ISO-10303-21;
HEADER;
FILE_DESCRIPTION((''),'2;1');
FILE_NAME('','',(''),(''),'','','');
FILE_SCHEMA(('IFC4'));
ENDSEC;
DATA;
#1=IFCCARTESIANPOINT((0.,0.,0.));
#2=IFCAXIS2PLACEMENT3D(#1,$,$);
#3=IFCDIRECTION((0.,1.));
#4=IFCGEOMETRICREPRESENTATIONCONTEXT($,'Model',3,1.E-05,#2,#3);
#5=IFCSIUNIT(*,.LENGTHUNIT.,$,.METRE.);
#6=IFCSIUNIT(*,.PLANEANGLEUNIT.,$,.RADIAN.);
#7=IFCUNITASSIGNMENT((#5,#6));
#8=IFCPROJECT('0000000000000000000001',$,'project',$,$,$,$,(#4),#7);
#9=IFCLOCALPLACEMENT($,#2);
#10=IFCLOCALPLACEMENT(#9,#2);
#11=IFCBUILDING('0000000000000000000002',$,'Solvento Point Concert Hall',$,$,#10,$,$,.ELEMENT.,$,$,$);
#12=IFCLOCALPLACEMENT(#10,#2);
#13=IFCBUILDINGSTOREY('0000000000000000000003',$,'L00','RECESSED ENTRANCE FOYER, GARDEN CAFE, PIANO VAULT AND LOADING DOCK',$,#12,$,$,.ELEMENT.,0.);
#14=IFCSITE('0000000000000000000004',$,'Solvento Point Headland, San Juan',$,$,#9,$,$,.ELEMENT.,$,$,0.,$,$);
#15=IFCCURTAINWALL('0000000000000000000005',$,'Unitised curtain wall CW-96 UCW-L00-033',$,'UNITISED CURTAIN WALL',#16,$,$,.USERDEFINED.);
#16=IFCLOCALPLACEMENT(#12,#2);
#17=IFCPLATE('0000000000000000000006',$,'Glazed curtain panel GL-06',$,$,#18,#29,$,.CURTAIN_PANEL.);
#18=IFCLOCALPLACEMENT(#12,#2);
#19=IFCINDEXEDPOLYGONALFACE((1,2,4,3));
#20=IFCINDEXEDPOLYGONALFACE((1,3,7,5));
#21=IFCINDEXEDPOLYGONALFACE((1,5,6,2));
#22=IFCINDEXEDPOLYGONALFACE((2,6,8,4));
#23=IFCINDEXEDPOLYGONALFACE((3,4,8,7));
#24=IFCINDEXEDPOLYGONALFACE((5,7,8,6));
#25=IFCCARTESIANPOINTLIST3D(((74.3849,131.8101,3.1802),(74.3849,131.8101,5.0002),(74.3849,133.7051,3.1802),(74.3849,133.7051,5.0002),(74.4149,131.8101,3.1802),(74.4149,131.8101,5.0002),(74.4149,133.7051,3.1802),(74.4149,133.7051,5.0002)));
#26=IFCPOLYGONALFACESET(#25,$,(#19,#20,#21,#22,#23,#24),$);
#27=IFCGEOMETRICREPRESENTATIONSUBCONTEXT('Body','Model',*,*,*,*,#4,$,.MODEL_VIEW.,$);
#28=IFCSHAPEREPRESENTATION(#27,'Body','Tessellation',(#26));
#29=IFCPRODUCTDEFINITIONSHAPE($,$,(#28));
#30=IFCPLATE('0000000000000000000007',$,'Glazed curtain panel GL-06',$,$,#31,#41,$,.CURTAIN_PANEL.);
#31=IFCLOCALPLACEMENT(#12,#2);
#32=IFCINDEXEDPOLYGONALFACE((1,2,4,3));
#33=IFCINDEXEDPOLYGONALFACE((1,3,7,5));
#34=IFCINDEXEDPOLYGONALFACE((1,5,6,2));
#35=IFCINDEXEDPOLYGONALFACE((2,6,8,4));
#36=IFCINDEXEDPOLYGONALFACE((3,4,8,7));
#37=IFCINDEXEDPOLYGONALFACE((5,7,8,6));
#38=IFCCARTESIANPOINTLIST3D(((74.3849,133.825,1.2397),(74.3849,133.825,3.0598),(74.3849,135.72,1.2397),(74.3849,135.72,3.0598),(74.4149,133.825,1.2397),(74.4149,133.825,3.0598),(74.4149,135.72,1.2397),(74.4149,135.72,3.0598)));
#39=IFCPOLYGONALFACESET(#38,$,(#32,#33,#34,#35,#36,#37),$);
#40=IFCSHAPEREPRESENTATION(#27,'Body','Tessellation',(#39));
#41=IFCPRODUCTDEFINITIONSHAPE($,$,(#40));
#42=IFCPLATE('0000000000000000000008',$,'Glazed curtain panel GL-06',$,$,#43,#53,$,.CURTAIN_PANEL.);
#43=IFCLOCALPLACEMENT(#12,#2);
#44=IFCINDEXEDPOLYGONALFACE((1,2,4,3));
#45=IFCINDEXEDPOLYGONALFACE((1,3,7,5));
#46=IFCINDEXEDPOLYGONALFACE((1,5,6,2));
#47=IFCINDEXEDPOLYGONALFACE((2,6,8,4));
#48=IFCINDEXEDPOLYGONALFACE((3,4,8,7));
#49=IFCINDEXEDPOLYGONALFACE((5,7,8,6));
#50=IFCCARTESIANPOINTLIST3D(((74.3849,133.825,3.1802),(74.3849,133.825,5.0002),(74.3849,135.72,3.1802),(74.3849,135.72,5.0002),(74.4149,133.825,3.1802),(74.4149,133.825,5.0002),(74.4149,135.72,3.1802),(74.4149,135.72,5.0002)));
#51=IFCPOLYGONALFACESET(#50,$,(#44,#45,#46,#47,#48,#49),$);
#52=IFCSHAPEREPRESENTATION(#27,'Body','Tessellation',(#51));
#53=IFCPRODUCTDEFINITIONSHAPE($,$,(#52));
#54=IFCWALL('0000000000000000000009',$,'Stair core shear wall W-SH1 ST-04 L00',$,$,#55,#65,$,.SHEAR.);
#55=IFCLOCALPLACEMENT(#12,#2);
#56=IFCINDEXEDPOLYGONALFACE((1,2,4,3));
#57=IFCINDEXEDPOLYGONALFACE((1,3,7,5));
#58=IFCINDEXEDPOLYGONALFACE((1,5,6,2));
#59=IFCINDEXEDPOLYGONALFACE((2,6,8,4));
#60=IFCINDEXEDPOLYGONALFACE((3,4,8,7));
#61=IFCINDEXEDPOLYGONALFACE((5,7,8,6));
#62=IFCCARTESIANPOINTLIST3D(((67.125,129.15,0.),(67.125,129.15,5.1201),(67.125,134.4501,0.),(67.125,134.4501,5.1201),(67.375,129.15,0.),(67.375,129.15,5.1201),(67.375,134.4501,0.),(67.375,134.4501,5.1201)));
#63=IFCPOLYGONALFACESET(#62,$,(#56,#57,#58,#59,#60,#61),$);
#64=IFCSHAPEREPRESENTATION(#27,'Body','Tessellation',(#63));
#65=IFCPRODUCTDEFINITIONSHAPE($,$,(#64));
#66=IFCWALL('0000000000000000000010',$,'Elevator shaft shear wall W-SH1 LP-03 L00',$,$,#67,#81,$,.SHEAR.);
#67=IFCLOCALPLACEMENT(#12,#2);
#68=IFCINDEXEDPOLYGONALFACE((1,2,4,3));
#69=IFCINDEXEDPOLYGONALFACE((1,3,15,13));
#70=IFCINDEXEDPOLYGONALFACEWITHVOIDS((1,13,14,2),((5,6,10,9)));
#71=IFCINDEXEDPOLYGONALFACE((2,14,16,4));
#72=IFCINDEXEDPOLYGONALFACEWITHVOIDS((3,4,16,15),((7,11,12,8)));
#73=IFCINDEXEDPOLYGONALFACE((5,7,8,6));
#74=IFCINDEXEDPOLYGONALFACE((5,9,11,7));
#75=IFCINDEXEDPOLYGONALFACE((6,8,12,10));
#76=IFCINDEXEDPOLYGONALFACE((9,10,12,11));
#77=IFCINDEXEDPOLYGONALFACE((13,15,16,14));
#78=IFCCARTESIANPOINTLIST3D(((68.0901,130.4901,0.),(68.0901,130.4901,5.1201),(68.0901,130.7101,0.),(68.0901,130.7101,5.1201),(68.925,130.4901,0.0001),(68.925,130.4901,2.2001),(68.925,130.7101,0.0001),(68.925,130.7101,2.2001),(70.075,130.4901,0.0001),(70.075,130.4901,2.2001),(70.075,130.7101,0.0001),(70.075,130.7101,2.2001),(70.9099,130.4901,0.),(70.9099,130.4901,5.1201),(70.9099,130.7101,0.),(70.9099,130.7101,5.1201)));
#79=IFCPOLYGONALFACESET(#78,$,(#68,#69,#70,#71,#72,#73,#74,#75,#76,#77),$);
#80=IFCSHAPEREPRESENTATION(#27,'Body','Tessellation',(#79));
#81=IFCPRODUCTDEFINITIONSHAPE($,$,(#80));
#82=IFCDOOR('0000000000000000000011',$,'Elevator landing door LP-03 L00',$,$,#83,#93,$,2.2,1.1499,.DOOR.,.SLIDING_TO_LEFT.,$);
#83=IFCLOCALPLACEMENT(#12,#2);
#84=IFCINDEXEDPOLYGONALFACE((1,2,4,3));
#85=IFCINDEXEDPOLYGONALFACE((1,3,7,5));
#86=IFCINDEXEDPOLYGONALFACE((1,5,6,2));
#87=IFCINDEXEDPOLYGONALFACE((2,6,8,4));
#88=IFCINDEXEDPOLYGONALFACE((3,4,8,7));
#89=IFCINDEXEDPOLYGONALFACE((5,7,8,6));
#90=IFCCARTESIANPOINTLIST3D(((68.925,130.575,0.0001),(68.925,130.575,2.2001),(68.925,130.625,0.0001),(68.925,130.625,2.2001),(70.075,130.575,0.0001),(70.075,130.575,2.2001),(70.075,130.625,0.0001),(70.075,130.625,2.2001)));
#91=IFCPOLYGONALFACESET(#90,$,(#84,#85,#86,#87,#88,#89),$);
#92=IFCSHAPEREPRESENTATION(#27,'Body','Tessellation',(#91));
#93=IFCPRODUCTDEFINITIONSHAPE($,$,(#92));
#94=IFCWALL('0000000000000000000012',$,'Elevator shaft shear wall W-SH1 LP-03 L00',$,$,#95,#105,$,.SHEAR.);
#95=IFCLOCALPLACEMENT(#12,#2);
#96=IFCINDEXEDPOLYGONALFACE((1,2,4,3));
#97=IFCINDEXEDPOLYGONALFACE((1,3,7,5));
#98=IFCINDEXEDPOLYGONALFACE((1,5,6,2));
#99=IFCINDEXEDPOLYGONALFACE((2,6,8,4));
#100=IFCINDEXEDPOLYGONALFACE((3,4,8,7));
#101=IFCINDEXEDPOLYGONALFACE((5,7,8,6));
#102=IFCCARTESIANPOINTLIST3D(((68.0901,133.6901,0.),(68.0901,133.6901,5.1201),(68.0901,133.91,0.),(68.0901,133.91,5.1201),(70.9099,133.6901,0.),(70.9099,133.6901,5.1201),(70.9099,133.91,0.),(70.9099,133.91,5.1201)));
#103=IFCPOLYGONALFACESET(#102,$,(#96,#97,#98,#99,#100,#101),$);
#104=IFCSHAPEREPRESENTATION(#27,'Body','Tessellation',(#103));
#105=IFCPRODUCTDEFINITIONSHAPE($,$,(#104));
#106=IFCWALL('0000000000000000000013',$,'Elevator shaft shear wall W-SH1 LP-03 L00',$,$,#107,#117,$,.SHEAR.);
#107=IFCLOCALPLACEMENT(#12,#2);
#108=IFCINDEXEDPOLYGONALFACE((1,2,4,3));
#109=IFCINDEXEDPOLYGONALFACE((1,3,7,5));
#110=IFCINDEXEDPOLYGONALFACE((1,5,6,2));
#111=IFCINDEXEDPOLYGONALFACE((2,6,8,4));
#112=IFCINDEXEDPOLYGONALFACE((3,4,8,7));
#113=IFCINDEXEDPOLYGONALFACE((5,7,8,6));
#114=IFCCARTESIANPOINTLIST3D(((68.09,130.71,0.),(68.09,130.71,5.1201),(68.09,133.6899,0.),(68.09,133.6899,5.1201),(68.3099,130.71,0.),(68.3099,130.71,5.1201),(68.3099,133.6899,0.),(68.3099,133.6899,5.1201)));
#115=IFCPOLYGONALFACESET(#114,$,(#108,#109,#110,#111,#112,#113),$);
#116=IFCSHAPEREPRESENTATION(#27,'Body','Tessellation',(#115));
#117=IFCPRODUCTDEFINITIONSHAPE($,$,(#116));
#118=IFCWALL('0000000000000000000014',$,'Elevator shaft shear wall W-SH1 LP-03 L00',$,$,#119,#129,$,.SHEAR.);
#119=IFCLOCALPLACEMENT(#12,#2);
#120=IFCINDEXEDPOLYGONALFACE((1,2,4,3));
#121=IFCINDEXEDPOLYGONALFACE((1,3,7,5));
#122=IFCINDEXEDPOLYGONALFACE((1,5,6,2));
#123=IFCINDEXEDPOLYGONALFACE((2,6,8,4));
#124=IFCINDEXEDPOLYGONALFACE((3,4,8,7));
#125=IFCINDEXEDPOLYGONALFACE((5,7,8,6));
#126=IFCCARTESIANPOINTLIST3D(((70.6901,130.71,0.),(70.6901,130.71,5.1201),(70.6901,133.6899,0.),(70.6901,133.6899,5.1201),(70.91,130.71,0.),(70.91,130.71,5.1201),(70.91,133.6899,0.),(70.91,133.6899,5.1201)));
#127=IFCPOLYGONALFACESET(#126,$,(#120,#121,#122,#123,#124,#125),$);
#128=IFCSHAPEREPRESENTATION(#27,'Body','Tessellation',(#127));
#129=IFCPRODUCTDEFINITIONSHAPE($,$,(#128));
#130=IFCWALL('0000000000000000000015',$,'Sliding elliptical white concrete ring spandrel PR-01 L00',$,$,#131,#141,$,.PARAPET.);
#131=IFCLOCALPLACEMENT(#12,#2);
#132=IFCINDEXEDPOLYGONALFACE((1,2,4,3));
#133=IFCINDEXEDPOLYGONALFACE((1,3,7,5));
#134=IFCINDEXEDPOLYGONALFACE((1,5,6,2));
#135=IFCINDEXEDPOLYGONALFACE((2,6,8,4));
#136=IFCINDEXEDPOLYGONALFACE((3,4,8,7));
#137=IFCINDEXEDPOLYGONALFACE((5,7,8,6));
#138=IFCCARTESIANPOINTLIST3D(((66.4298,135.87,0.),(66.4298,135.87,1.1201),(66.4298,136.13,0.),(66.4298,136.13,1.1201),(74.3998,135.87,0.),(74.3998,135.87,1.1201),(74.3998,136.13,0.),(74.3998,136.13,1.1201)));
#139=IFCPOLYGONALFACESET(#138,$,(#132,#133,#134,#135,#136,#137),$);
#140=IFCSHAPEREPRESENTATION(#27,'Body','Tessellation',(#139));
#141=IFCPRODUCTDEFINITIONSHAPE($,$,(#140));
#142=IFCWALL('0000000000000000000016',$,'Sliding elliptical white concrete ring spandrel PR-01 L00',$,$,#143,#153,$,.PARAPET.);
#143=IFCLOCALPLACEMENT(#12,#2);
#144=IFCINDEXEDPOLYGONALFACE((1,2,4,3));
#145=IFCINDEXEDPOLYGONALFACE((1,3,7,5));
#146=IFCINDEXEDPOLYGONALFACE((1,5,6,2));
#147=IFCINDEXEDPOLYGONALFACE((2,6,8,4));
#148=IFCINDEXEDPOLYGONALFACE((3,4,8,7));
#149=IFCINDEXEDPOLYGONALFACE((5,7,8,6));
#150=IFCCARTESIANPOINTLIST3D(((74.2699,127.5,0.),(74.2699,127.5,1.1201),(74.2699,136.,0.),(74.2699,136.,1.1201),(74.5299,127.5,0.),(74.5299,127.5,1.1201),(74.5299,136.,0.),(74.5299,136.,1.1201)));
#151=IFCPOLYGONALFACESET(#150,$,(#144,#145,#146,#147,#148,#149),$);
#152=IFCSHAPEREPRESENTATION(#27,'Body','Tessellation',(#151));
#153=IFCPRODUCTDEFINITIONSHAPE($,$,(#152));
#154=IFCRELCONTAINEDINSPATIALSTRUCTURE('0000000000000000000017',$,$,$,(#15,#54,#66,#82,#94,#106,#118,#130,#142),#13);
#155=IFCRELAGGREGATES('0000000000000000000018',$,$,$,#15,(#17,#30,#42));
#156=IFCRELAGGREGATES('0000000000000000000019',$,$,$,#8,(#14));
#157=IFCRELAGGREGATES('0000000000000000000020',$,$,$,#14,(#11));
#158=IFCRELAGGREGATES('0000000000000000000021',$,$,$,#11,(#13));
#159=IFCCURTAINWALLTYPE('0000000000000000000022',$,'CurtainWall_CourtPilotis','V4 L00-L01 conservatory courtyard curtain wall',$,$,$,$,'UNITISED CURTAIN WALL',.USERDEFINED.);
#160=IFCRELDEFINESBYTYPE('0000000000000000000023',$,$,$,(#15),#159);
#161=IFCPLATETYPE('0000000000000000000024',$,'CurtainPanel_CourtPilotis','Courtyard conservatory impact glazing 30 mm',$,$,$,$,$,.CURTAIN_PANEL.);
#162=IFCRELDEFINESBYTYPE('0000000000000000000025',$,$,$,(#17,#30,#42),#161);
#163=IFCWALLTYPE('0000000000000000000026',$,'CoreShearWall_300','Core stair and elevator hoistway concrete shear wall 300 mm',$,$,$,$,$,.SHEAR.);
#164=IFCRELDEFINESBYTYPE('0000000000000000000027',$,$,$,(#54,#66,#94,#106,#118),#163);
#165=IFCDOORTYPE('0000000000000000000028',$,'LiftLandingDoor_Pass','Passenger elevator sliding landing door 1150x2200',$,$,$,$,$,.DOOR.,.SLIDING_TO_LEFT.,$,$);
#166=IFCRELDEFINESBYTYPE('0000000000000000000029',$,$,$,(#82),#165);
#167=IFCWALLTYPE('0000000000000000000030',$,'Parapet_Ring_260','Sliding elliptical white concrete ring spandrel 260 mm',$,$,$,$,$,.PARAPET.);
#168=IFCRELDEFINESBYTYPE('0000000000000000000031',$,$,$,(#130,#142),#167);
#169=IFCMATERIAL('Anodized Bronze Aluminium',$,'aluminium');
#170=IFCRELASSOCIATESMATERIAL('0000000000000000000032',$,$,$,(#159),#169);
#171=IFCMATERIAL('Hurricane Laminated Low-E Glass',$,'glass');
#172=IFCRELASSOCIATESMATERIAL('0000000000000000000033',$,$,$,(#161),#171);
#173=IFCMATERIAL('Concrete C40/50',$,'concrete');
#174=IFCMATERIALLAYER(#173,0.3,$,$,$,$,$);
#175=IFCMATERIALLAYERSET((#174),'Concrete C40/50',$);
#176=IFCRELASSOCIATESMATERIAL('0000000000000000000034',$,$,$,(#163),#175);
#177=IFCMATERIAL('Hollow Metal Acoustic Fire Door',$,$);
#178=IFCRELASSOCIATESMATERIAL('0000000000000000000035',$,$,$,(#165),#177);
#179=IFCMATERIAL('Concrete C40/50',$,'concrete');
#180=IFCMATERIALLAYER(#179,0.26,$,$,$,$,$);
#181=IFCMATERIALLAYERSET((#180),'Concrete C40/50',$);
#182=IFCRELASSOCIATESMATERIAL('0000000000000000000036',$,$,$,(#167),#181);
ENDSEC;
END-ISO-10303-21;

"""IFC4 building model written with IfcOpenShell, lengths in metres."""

from ifc_helpers import new_model, si_unit, direction, frame, frame_2d, origin, origin_2d, place, context, subcontext, project, spatial, rectangle, extrude, material, layer, layer_set, type_object, element, fill, aggregate, save


model = new_model("IFC4")

# Units and contexts
model_context = context("Model", 3, precision=1e-05, world=origin(), true_north=direction((0.0, 1.0)))
body_context = subcontext(model_context, "Body", "Model", "MODEL_VIEW")
ifc_project = project(units=[si_unit("LENGTHUNIT", "METRE"), si_unit("PLANEANGLEUNIT", "RADIAN")], contexts=[model_context])

# Site, building, storey
site_placement = place(None, origin())
site = spatial("IfcSite", under=ifc_project, at=site_placement, Name="Solvento Point Headland, San Juan", CompositionType="ELEMENT", RefElevation=0.0)
building_placement = place(site_placement, origin())
building = spatial("IfcBuilding", under=site, at=building_placement, Name="Solvento Point Concert Hall", CompositionType="ELEMENT")
storey_placement = place(building_placement, origin())
storey = spatial("IfcBuildingStorey", under=building, at=storey_placement, Name="L00", Description="RECESSED ENTRANCE FOYER, GARDEN CAFE, PIANO VAULT AND LOADING DOCK", CompositionType="ELEMENT", Elevation=0.0)

# Curtain wall
ifc_material_1 = material(Name="Anodized Bronze Aluminium", Category="aluminium")
curtain_wall_type = type_object("IfcCurtainWallType", Name="CurtainWall_CourtPilotis", Description="V4 L00-L01 conservatory courtyard curtain wall", ElementType="UNITISED CURTAIN WALL", PredefinedType="USERDEFINED", material=ifc_material_1)
curtain_wall_1_placement = place(storey_placement, origin())
curtain_wall_1 = element("IfcCurtainWall", 1, at=curtain_wall_1_placement, inside=storey, type_object=curtain_wall_type, Name="Unitised curtain wall CW-96 UCW-L00-033", ObjectType="UNITISED CURTAIN WALL", PredefinedType="USERDEFINED")

# Plates
ifc_material_2 = material(Name="Hurricane Laminated Low-E Glass", Category="glass")
plate_type = type_object("IfcPlateType", Name="CurtainPanel_CourtPilotis", Description="Courtyard conservatory impact glazing 30 mm", PredefinedType="CURTAIN_PANEL", material=ifc_material_2)
plate_1_placement = place(storey_placement, frame((74.3999, 132.7576, 3.1802), z_axis=(0.0, 0.0, 1.0), x_axis=(0.0, 1.0, 0.0)))
plate_1 = element("IfcPlate", 2, at=plate_1_placement, type_object=plate_type, Name="Glazed curtain panel GL-06", PredefinedType="CURTAIN_PANEL", context=body_context, shape_type="SweptSolid", body=[
    extrude(rectangle(XDim=1.895, YDim=0.03, at=origin_2d()), origin(), (0.0, 0.0, 1.0), 1.8201),
])
plate_2_placement = place(storey_placement, frame((74.3999, 134.7725, 1.2397), z_axis=(0.0, 0.0, 1.0), x_axis=(0.0, 1.0, 0.0)))
plate_2 = element("IfcPlate", 3, at=plate_2_placement, type_object=plate_type, Name="Glazed curtain panel GL-06", PredefinedType="CURTAIN_PANEL", context=body_context, shape_type="SweptSolid", body=[
    extrude(rectangle(XDim=1.895, YDim=0.03, at=origin_2d()), origin(), (0.0, 0.0, 1.0), 1.8201),
])
plate_3_placement = place(storey_placement, frame((74.3999, 134.7725, 3.1802), z_axis=(0.0, 0.0, 1.0), x_axis=(0.0, 1.0, 0.0)))
plate_3 = element("IfcPlate", 4, at=plate_3_placement, type_object=plate_type, Name="Glazed curtain panel GL-06", PredefinedType="CURTAIN_PANEL", context=body_context, shape_type="SweptSolid", body=[
    extrude(rectangle(XDim=1.895, YDim=0.03, at=origin_2d()), origin(), (0.0, 0.0, 1.0), 1.8201),
])
aggregate(curtain_wall_1, [plate_1, plate_2, plate_3])

# Wall
ifc_material_3 = material(Name="Concrete C40/50", Category="concrete")
ifc_layer_1 = layer(ifc_material_3, 0.3)
ifc_layer_set_1 = layer_set([ifc_layer_1], Name="Concrete C40/50")
wall_type_1 = type_object("IfcWallType", Name="CoreShearWall_300", Description="Core stair and elevator hoistway concrete shear wall 300 mm", PredefinedType="SHEAR", material=ifc_layer_set_1)
wall_1_placement = place(storey_placement, frame((67.25, 134.45, 0.0), z_axis=(0.0, 0.0, 1.0), x_axis=(0.0, -1.0, 0.0)))
element("IfcWall", 5, at=wall_1_placement, inside=storey, type_object=wall_type_1, Name="Stair core shear wall W-SH1 ST-04 L00", PredefinedType="SHEAR", context=body_context, shape_type="SweptSolid", body=[
    extrude(rectangle(XDim=5.3, YDim=0.25, at=frame_2d((2.6499, 0.0))), origin(), (0.0, 0.0, 1.0), 5.1201),
])

# Wall, opening, door
wall_2_placement = place(storey_placement, frame((68.0901, 130.6001, 0.0), z_axis=(0.0, 0.0, 1.0), x_axis=(1.0, 0.0, 0.0)))
wall_2 = element("IfcWall", 6, at=wall_2_placement, inside=storey, type_object=wall_type_1, Name="Elevator shaft shear wall W-SH1 LP-03 L00", PredefinedType="SHEAR", context=body_context, shape_type="SweptSolid", body=[
    extrude(rectangle(XDim=2.8198, YDim=0.22, at=frame_2d((1.4099, 0.0))), origin(), (0.0, 0.0, 1.0), 5.1201),
])
opening_placement = place(wall_2_placement, frame((0.835, 0.0, 0.0)))
opening = element("IfcOpeningElement", 7, at=opening_placement, cuts=wall_2, PredefinedType="OPENING", context=body_context, shape_type="SweptSolid", body=[
    extrude(rectangle(XDim=1.1499, YDim=2.2, at=frame_2d((0.575, 1.1001))), frame((0.0, 0.1199, 0.0), z_axis=(0.0, -1.0, 0.0), x_axis=(1.0, 0.0, 0.0)), (0.0, 0.0, 1.0), 0.24),
])
ifc_material_4 = material(Name="Hollow Metal Acoustic Fire Door")
door_type = type_object("IfcDoorType", Name="LiftLandingDoor_Pass", Description="Passenger elevator sliding landing door 1150x2200", OperationType="SLIDING_TO_LEFT", PredefinedType="DOOR", material=ifc_material_4)
door_placement = place(opening_placement, origin())
door = element("IfcDoor", 8, at=door_placement, inside=storey, type_object=door_type, Name="Elevator landing door LP-03 L00", OperationType="SLIDING_TO_LEFT", OverallHeight=2.2, OverallWidth=1.1499, PredefinedType="DOOR", context=body_context, shape_type="SweptSolid", body=[
    extrude(rectangle(XDim=1.1499, YDim=2.2, at=frame_2d((0.575, 1.1001))), frame((0.0, 0.0249, 0.0), z_axis=(0.0, -1.0, 0.0), x_axis=(1.0, 0.0, 0.0)), (0.0, 0.0, 1.0), 0.05),
])
fill(opening, door)

# Walls
wall_3_placement = place(storey_placement, frame((68.0901, 133.8, 0.0), z_axis=(0.0, 0.0, 1.0), x_axis=(1.0, 0.0, 0.0)))
element("IfcWall", 9, at=wall_3_placement, inside=storey, type_object=wall_type_1, Name="Elevator shaft shear wall W-SH1 LP-03 L00", PredefinedType="SHEAR", context=body_context, shape_type="SweptSolid", body=[
    extrude(rectangle(XDim=2.8198, YDim=0.22, at=frame_2d((1.4099, 0.0))), origin(), (0.0, 0.0, 1.0), 5.1201),
])
for number, where, z_axis, x_axis, name in (
    (10, (68.2, 130.71, 0.0), (0.0, 0.0, 1.0), (0.0, 1.0, 0.0), "Elevator shaft shear wall W-SH1 LP-03 L00"),
    (11, (70.8, 130.71, 0.0), (0.0, 0.0, 1.0), (0.0, 1.0, 0.0), "Elevator shaft shear wall W-SH1 LP-03 L00"),
):
    element("IfcWall", number, at=place(storey_placement, frame(where, z_axis=z_axis, x_axis=x_axis)), inside=storey, type_object=wall_type_1, Name=name, PredefinedType="SHEAR", context=body_context, shape_type="SweptSolid", body=[
        extrude(rectangle(XDim=2.98, YDim=0.22, at=frame_2d((1.49, 0.0))), origin(), (0.0, 0.0, 1.0), 5.1201),
    ])
ifc_material_5 = material(Name="Concrete C40/50", Category="concrete")
ifc_layer_2 = layer(ifc_material_5, 0.26)
ifc_layer_set_2 = layer_set([ifc_layer_2], Name="Concrete C40/50")
wall_type_2 = type_object("IfcWallType", Name="Parapet_Ring_260", Description="Sliding elliptical white concrete ring spandrel 260 mm", PredefinedType="PARAPET", material=ifc_layer_set_2)
wall_4_placement = place(storey_placement, frame((66.4299, 136.0, 0.0), z_axis=(0.0, 0.0, 1.0), x_axis=(1.0, 0.0, 0.0)))
element("IfcWall", 12, at=wall_4_placement, inside=storey, type_object=wall_type_2, Name="Sliding elliptical white concrete ring spandrel PR-01 L00", PredefinedType="PARAPET", context=body_context, shape_type="SweptSolid", body=[
    extrude(rectangle(XDim=7.97, YDim=0.26, at=frame_2d((3.9849, 0.0))), origin(), (0.0, 0.0, 1.0), 1.1201),
])
wall_5_placement = place(storey_placement, frame((74.3999, 136.0, 0.0), z_axis=(0.0, 0.0, 1.0), x_axis=(0.0, -1.0, 0.0)))
element("IfcWall", 13, at=wall_5_placement, inside=storey, type_object=wall_type_2, Name="Sliding elliptical white concrete ring spandrel PR-01 L00", PredefinedType="PARAPET", context=body_context, shape_type="SweptSolid", body=[
    extrude(rectangle(XDim=8.5, YDim=0.26, at=frame_2d((4.25, 0.0))), origin(), (0.0, 0.0, 1.0), 1.1201),
])

save(model, "model.ifc")
